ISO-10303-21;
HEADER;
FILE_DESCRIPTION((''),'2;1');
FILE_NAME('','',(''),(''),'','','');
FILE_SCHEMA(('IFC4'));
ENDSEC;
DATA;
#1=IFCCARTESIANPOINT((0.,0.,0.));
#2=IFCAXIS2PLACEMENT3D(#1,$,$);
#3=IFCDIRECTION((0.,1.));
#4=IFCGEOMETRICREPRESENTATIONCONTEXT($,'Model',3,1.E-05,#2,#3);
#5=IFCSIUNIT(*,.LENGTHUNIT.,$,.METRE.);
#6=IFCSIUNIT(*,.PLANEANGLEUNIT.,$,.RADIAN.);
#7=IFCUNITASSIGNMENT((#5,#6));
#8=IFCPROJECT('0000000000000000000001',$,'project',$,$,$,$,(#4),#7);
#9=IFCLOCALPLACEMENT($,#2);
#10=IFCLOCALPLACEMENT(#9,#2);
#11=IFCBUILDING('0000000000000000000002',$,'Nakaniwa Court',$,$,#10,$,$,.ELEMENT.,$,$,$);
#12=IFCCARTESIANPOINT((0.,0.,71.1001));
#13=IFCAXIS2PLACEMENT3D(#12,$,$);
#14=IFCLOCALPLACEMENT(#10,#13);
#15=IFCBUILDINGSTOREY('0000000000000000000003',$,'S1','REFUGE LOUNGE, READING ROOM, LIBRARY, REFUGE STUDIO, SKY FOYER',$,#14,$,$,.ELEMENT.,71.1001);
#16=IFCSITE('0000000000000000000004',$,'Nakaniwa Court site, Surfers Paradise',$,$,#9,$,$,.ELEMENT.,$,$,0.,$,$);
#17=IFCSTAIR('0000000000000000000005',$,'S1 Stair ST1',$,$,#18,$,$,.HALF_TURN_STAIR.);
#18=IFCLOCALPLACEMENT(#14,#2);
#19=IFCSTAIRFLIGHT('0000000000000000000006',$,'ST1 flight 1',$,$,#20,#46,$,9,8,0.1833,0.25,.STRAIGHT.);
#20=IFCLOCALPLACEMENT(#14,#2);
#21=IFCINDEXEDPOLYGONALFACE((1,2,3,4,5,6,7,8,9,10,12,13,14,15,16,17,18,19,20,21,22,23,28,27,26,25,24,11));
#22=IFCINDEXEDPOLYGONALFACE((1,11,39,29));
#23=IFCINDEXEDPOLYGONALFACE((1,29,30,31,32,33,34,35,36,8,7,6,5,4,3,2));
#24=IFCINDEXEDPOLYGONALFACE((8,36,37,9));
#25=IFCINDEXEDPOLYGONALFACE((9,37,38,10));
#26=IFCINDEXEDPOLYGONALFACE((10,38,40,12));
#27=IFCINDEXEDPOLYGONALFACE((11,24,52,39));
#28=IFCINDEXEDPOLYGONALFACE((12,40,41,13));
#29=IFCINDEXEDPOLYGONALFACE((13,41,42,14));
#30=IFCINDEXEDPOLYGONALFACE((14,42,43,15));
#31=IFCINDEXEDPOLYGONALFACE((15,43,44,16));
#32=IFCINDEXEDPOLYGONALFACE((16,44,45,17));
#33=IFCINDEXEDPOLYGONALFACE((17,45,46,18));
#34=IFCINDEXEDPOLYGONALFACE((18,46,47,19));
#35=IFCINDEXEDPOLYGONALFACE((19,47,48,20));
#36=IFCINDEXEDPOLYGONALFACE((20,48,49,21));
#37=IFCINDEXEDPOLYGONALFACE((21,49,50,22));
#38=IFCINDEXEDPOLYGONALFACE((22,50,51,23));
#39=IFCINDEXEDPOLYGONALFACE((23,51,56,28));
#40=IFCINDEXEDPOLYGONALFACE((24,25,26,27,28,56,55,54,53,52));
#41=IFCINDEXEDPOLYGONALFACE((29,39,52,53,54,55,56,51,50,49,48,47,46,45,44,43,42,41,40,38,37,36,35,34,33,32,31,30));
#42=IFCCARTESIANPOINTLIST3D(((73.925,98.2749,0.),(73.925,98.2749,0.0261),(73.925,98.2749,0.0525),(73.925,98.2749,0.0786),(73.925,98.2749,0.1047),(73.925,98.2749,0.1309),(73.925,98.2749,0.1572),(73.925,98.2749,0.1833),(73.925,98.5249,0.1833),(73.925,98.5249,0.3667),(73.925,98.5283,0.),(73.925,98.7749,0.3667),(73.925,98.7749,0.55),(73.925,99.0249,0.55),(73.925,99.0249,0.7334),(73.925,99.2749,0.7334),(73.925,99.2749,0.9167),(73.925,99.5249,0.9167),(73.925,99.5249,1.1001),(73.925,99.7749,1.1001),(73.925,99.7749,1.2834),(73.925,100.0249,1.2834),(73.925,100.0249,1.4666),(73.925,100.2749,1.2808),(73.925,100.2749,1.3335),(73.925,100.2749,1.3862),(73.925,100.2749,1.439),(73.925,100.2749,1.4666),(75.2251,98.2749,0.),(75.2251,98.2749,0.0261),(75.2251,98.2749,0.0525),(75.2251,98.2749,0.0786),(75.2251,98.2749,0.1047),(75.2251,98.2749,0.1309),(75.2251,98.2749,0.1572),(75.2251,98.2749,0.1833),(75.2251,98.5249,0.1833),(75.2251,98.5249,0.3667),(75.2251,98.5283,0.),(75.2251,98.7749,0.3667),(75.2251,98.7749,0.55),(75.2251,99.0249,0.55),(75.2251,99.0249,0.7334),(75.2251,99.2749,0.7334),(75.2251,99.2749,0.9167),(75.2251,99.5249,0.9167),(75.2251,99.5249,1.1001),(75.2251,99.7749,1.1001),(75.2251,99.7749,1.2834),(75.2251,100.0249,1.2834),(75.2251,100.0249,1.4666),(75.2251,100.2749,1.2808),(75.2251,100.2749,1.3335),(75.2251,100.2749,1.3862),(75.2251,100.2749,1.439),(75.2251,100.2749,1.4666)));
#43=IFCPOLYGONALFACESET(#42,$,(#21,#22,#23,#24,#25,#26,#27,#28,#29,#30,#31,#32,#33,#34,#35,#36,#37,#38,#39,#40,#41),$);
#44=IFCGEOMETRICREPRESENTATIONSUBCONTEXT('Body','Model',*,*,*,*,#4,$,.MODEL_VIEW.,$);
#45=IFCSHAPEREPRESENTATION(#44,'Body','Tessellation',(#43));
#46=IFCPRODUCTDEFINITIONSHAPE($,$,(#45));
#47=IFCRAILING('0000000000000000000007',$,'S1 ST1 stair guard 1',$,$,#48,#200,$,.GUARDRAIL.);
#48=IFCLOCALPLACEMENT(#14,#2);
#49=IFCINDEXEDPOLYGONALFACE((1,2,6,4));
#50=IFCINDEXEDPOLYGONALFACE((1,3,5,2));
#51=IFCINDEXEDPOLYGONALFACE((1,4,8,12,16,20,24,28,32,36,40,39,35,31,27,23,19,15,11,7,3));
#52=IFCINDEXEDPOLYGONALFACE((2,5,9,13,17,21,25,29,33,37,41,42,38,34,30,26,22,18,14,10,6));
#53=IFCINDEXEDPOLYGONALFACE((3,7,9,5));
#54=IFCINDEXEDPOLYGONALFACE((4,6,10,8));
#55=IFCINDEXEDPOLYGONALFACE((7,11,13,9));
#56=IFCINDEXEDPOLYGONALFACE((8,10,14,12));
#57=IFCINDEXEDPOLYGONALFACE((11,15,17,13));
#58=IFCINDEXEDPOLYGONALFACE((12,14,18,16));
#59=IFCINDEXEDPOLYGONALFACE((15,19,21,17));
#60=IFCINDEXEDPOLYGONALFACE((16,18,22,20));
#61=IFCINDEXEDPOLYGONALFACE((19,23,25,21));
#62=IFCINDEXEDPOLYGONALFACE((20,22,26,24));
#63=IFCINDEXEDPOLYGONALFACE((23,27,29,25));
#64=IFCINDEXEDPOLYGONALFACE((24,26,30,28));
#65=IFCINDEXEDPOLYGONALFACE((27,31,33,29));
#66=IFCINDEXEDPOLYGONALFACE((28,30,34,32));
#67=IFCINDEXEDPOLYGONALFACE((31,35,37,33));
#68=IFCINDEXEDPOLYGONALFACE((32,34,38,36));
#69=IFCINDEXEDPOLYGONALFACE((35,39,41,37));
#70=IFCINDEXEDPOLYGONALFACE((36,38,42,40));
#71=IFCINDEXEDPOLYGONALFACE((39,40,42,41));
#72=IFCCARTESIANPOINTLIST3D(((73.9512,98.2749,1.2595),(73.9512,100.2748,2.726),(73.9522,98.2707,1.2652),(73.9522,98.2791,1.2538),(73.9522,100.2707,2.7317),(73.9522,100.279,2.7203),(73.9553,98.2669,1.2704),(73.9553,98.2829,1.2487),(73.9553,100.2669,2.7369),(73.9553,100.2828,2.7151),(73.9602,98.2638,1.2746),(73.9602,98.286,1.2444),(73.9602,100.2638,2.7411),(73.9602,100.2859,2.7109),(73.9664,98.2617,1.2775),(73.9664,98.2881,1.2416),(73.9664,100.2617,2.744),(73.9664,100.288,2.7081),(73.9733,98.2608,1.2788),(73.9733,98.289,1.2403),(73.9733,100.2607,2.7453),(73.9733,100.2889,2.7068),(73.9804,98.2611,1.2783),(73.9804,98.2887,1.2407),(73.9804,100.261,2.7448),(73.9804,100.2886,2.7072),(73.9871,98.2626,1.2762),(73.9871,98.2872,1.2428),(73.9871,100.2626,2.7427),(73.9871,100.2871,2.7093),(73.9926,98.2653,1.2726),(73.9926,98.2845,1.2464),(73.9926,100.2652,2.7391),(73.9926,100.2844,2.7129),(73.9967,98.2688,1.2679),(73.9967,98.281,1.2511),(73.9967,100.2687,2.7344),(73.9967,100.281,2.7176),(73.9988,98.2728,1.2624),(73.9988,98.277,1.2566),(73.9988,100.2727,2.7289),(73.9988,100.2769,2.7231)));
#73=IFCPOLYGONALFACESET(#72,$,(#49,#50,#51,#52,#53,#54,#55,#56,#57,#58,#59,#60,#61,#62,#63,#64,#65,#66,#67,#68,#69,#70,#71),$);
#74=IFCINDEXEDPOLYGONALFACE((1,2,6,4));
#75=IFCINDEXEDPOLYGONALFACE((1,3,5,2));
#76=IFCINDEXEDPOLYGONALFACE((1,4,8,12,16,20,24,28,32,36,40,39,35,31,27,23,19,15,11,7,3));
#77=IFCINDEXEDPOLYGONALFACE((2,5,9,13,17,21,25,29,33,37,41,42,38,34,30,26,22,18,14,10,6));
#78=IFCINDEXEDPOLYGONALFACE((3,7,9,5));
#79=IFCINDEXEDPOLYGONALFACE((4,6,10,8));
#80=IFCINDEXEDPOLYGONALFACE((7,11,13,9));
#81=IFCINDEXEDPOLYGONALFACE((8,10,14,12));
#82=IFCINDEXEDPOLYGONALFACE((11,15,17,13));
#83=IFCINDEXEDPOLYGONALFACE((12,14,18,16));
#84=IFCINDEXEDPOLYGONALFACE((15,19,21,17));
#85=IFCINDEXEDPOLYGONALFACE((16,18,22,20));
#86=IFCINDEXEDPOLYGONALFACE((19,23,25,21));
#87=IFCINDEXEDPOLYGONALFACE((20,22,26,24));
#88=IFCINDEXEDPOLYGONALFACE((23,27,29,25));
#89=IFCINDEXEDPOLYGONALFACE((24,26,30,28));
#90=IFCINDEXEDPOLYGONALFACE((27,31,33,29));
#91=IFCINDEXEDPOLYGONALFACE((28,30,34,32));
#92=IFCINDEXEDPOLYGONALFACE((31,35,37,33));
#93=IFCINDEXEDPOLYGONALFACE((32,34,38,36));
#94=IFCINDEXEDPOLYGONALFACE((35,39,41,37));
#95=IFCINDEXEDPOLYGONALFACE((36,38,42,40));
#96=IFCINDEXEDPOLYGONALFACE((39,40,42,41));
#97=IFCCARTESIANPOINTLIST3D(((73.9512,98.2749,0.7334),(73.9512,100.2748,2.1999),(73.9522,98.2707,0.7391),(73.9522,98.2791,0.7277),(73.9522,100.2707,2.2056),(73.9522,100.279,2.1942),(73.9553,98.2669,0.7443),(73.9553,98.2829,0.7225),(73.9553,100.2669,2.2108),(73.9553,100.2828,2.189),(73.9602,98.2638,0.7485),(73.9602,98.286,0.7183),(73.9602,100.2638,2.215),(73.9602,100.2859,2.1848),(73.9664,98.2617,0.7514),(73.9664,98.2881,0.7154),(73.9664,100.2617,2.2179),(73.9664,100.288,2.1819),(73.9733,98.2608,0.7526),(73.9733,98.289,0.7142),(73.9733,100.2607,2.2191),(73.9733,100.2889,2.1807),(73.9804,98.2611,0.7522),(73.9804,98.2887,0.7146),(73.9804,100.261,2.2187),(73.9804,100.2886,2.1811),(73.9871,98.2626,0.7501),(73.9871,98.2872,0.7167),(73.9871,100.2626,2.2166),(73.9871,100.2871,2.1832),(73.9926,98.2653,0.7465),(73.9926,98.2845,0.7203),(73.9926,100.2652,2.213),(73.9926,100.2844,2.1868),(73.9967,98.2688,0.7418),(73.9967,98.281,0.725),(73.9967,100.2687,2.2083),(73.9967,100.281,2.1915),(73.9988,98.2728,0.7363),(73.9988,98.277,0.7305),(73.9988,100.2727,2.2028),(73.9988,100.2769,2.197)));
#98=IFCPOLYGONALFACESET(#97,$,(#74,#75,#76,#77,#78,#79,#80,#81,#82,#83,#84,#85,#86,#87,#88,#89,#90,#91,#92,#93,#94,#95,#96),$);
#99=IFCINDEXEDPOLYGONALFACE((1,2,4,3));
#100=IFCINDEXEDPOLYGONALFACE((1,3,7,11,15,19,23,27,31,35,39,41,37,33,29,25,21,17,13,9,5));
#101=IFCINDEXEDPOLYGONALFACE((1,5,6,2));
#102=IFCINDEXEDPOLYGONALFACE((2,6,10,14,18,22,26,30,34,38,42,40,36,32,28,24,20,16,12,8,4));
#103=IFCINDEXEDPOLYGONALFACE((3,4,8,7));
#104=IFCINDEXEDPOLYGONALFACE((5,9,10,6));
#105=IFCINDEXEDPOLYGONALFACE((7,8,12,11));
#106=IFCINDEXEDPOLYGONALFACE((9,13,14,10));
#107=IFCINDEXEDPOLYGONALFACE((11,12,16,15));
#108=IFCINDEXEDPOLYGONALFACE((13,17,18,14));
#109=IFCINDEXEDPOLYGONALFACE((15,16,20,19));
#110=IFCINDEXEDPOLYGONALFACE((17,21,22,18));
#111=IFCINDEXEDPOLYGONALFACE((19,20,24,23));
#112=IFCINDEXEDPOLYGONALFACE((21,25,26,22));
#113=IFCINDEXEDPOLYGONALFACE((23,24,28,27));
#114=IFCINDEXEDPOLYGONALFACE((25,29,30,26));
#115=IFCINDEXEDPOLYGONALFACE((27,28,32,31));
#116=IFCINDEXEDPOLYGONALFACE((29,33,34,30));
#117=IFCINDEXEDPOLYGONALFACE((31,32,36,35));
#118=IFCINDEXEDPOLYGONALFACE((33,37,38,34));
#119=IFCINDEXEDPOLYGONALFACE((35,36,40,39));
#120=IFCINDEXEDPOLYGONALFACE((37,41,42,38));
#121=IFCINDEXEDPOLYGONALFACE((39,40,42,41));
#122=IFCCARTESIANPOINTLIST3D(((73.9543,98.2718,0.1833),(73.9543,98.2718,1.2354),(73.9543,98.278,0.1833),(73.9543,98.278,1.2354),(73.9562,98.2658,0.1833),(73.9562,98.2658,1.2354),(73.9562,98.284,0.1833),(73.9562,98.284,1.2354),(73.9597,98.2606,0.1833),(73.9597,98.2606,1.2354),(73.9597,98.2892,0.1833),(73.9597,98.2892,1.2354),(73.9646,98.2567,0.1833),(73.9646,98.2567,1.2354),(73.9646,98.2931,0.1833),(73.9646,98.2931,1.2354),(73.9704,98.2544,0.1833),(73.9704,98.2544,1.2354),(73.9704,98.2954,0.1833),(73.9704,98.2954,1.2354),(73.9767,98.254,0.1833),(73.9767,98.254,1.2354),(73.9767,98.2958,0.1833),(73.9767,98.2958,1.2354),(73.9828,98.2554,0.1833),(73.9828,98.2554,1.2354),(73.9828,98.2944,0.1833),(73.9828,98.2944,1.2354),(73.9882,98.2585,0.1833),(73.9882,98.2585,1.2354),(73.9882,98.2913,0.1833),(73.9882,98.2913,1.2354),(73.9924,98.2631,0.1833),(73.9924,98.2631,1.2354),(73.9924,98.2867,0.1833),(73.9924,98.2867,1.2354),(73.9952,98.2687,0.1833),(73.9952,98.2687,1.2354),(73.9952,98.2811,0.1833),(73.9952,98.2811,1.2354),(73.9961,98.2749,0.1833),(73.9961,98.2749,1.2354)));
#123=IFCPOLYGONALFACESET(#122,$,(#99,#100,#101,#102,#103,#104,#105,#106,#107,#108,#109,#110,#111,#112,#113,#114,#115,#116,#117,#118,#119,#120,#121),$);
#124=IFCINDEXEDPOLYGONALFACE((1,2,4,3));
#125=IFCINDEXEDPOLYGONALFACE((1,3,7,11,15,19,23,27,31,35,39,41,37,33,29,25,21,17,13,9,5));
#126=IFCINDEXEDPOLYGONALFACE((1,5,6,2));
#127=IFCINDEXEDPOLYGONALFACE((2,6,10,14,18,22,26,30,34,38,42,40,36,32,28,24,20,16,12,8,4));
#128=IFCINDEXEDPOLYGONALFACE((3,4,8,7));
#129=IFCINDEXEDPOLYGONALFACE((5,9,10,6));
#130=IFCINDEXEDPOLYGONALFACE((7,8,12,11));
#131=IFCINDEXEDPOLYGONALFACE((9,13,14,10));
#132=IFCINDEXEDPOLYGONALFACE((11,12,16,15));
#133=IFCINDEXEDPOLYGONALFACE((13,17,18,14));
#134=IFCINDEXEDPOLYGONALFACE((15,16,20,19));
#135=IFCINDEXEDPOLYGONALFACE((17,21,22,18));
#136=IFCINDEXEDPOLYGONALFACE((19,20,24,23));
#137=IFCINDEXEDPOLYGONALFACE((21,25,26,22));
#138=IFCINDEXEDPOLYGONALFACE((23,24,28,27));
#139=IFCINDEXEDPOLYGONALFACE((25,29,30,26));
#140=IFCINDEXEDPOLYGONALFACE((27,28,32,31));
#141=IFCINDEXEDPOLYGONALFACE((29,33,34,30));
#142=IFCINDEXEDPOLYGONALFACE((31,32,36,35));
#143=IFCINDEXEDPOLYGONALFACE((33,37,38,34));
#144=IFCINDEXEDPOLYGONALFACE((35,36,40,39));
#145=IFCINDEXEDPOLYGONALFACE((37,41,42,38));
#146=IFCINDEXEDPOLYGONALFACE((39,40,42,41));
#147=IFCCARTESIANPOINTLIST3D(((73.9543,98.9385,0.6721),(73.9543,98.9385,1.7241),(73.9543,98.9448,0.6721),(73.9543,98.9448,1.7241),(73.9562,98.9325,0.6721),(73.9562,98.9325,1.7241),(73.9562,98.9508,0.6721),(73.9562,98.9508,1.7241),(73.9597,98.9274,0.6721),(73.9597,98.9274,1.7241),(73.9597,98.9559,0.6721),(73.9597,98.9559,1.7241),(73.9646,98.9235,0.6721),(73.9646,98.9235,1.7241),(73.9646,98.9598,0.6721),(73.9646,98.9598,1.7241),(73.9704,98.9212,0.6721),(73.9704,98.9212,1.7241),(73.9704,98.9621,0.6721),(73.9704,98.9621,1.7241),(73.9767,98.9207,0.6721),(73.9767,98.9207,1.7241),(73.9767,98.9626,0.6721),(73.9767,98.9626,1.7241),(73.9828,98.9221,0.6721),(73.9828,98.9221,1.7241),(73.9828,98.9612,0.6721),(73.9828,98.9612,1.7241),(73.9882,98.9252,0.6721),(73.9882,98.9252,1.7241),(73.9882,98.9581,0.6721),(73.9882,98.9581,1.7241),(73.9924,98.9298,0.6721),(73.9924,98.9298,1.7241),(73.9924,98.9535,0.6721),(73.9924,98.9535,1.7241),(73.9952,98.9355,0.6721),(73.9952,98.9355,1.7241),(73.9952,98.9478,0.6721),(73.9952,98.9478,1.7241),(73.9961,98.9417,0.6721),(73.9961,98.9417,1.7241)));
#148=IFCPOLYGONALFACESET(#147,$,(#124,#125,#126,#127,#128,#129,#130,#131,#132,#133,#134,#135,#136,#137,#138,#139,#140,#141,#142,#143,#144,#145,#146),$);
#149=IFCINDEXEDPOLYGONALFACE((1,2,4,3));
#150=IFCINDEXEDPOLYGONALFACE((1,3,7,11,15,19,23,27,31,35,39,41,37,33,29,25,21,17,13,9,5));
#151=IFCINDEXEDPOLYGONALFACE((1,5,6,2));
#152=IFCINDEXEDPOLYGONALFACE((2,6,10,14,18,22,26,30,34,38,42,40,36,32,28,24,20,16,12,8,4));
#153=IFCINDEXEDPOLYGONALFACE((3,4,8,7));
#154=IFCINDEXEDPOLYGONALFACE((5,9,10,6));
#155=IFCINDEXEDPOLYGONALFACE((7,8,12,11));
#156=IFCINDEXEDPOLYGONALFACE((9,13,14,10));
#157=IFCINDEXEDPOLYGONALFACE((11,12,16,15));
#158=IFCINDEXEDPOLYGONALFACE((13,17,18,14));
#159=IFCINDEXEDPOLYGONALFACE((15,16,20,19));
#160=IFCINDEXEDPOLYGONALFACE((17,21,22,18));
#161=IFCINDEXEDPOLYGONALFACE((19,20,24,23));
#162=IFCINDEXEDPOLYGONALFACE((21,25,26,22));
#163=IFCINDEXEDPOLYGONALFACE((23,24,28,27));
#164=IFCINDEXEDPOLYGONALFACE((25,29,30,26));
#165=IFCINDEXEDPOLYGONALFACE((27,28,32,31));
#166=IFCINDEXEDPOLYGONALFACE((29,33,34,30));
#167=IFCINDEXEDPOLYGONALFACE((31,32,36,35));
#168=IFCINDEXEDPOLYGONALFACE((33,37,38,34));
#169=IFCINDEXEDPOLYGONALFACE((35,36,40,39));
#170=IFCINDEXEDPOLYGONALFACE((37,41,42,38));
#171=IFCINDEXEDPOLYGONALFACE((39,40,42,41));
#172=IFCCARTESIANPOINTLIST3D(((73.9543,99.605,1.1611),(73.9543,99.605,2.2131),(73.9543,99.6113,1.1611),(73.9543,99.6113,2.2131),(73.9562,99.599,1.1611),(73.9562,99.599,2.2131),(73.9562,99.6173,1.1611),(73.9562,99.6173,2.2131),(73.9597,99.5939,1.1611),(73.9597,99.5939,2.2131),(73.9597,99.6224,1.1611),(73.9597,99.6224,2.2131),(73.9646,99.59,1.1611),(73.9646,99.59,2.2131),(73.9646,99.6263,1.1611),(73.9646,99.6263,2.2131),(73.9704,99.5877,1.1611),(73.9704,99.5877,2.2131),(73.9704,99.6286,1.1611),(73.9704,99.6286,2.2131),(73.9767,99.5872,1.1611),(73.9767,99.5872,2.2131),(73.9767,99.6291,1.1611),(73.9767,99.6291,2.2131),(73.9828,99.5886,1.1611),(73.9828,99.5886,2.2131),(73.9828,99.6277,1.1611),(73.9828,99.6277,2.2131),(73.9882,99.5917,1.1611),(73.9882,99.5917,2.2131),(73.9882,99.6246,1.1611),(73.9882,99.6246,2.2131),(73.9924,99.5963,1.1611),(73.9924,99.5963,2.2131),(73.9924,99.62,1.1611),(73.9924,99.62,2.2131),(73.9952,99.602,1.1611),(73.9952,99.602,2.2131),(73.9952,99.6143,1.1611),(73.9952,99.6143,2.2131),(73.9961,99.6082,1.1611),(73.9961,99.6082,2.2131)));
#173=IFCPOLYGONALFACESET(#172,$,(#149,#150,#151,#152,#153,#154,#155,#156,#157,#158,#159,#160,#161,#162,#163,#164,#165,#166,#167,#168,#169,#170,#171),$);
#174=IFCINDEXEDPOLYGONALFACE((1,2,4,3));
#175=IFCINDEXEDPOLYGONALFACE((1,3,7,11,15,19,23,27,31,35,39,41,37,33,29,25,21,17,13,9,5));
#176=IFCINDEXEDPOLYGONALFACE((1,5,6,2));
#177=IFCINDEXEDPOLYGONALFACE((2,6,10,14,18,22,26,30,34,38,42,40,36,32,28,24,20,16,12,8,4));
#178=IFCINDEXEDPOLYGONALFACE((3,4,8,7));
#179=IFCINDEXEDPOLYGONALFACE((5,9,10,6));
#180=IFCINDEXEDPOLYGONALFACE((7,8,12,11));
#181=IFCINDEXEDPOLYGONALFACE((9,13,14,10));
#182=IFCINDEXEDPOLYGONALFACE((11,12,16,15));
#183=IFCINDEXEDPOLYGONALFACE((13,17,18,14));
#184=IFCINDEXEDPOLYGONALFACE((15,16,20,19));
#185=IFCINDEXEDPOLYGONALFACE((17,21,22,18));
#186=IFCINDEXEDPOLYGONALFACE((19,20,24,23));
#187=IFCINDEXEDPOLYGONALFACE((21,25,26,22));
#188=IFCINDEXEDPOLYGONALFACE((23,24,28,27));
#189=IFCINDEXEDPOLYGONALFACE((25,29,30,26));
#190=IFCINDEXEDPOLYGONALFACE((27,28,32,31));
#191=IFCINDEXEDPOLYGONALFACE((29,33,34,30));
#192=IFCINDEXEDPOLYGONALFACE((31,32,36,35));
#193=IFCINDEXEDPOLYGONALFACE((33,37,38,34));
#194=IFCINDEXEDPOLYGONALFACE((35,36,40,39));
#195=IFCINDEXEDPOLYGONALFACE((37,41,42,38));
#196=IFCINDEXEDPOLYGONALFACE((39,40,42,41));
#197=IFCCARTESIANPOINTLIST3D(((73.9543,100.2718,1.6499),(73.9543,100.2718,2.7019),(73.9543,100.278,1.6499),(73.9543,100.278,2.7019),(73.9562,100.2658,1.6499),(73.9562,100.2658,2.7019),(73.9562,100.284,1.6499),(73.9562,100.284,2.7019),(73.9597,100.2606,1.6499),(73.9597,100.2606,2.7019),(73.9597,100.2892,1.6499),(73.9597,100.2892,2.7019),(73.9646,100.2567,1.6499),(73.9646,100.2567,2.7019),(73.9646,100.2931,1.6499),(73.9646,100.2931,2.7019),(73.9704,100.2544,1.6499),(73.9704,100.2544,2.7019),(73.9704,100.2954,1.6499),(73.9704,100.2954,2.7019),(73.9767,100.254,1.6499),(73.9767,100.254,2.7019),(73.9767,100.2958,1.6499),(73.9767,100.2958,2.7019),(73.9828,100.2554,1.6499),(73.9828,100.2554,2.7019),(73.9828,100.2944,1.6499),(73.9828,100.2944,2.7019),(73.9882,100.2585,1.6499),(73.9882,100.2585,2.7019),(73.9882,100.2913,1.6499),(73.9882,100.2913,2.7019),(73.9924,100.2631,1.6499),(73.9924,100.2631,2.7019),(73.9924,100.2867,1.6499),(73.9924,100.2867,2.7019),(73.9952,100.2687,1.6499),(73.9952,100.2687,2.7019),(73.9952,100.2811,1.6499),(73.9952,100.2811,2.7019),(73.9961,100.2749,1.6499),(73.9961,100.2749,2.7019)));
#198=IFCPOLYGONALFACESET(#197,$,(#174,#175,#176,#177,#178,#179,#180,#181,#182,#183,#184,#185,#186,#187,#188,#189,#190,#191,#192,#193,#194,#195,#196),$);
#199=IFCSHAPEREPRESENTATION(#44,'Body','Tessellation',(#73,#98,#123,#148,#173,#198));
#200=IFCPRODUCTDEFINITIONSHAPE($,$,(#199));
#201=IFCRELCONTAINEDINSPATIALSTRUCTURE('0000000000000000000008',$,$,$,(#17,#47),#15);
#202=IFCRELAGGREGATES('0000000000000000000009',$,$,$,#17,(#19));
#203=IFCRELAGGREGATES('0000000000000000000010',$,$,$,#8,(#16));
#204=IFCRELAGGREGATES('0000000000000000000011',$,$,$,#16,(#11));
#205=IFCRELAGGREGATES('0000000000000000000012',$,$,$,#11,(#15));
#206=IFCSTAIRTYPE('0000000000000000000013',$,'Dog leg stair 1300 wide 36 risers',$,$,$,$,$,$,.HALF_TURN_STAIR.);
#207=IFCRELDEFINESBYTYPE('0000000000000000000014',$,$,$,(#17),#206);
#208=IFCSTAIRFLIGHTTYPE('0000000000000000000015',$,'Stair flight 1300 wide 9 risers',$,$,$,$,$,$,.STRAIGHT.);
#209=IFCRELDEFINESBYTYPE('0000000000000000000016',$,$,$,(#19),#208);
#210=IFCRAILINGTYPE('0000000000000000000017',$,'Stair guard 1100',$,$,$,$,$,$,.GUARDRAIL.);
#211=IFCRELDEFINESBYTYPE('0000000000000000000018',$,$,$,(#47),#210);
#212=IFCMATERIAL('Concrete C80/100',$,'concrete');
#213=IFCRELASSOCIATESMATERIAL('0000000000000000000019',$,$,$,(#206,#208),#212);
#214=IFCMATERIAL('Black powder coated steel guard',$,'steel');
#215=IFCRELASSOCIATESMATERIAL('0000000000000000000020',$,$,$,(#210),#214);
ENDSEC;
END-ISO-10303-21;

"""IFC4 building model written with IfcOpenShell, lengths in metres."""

from ifc_helpers import new_model, si_unit, direction, frame, origin, origin_2d, place, context, subcontext, project, spatial, polyline, circle, outline, extrude, material, type_object, element, aggregate, save


model = new_model("IFC4")

# Units and contexts
model_context = context("Model", 3, precision=1e-05, world=origin(), true_north=direction((0.0, 1.0)))
body_context = subcontext(model_context, "Body", "Model", "MODEL_VIEW")
ifc_project = project(units=[si_unit("LENGTHUNIT", "METRE"), si_unit("PLANEANGLEUNIT", "RADIAN")], contexts=[model_context])

# Site, building, storey
site_placement = place(None, origin())
site = spatial("IfcSite", under=ifc_project, at=site_placement, Name="Nakaniwa Court site, Surfers Paradise", CompositionType="ELEMENT", RefElevation=0.0)
building_placement = place(site_placement, origin())
building = spatial("IfcBuilding", under=site, at=building_placement, Name="Nakaniwa Court", CompositionType="ELEMENT")
storey_placement = place(building_placement, frame((0.0, 0.0, 71.1001)))
storey = spatial("IfcBuildingStorey", under=building, at=storey_placement, Name="S1", Description="REFUGE LOUNGE, READING ROOM, LIBRARY, REFUGE STUDIO, SKY FOYER", CompositionType="ELEMENT", Elevation=71.1001)

# Shared definitions
ifc_material_1 = material(Name="Concrete C80/100", Category="concrete")

# Stair, stair flight
stair_type = type_object("IfcStairType", Name="Dog leg stair 1300 wide 36 risers", PredefinedType="HALF_TURN_STAIR", material=ifc_material_1)
stair_placement = place(storey_placement, origin())
stair = element("IfcStair", 1, at=stair_placement, inside=storey, type_object=stair_type, Name="S1 Stair ST1", PredefinedType="HALF_TURN_STAIR")
stair_flight_type = type_object("IfcStairFlightType", Name="Stair flight 1300 wide 9 risers", PredefinedType="STRAIGHT", material=ifc_material_1)
stair_flight_placement = place(storey_placement, frame((74.575, 98.2749, 0.0), z_axis=(0.0, 0.0, 1.0), x_axis=(0.0, 1.0, 0.0)))
stair_flight = element("IfcStairFlight", 2, at=stair_flight_placement, type_object=stair_flight_type, Name="ST1 flight 1", NumberOfRisers=9, NumberOfTreads=8, PredefinedType="STRAIGHT", RiserHeight=0.1833, TreadLength=0.25, context=body_context, shape_type="SweptSolid", body=[
    extrude(outline(polyline([(0.0, 0.0), (0.0, 0.0261), (0.0, 0.0525), (0.0, 0.0786), (0.0, 0.1047), (0.0, 0.1309), (0.0, 0.1572), (0.0, 0.1833), (0.25, 0.1833), (0.25, 0.3667), (0.5, 0.3667), (0.5, 0.55), (0.75, 0.55), (0.75, 0.7334), (1.0, 0.7334), (1.0, 0.9167), (1.25, 0.9167), (1.25, 1.1001), (1.5, 1.1001), (1.5, 1.2834), (1.75, 1.2834), (1.75, 1.4666), (2.0, 1.4666), (2.0, 1.6499), (2.0, 1.5972), (2.0, 1.5444), (2.0, 1.4917), (2.0, 1.439), (2.0, 1.3862), (2.0, 1.3335), (2.0, 1.2808), (0.2534, 0.0), (0.0, 0.0)])), frame((0.0, 0.6499, 0.0), z_axis=(0.0, -1.0, 0.0), x_axis=(1.0, 0.0, 0.0)), (0.0, 0.0, 1.0), 1.3),
])
aggregate(stair, [stair_flight])

# Railing
ifc_material_2 = material(Name="Black powder coated steel guard", Category="steel")
railing_type = type_object("IfcRailingType", Name="Stair guard 1100", PredefinedType="GUARDRAIL", material=ifc_material_2)
railing_1_placement = place(storey_placement, frame((73.9751, 98.2749, 0.1833)))
element("IfcRailing", 3, at=railing_1_placement, inside=storey, type_object=railing_type, Name="S1 ST1 stair guard 1", PredefinedType="GUARDRAIL", context=body_context, shape_type="SweptSolid", body=[
    extrude(circle(Radius=0.0239, at=origin_2d()), frame((0.0, 0.0, 1.0762), z_axis=(0.0, 0.806427, 0.591334), x_axis=(-1.0, 0.0, 0.0)), (0.0, 0.0, 1.0), 2.48),
    extrude(circle(Radius=0.0239, at=origin_2d()), frame((0.0, 0.0, 0.55), z_axis=(0.0, 0.806427, 0.591334), x_axis=(-1.0, 0.0, 0.0)), (0.0, 0.0, 1.0), 2.48),
    extrude(circle(Radius=0.021, at=origin_2d()), origin(), (0.0, 0.0, 1.0), 1.052),
    extrude(circle(Radius=0.021, at=origin_2d()), frame((0.0, 0.6667, 0.4888)), (0.0, 0.0, 1.0), 1.052),
    extrude(circle(Radius=0.021, at=origin_2d()), frame((0.0, 1.3333, 0.9778)), (0.0, 0.0, 1.0), 1.052),
    extrude(circle(Radius=0.021, at=origin_2d()), frame((0.0, 2.0, 1.4666)), (0.0, 0.0, 1.0), 1.052),
])

save(model, "model.ifc")
